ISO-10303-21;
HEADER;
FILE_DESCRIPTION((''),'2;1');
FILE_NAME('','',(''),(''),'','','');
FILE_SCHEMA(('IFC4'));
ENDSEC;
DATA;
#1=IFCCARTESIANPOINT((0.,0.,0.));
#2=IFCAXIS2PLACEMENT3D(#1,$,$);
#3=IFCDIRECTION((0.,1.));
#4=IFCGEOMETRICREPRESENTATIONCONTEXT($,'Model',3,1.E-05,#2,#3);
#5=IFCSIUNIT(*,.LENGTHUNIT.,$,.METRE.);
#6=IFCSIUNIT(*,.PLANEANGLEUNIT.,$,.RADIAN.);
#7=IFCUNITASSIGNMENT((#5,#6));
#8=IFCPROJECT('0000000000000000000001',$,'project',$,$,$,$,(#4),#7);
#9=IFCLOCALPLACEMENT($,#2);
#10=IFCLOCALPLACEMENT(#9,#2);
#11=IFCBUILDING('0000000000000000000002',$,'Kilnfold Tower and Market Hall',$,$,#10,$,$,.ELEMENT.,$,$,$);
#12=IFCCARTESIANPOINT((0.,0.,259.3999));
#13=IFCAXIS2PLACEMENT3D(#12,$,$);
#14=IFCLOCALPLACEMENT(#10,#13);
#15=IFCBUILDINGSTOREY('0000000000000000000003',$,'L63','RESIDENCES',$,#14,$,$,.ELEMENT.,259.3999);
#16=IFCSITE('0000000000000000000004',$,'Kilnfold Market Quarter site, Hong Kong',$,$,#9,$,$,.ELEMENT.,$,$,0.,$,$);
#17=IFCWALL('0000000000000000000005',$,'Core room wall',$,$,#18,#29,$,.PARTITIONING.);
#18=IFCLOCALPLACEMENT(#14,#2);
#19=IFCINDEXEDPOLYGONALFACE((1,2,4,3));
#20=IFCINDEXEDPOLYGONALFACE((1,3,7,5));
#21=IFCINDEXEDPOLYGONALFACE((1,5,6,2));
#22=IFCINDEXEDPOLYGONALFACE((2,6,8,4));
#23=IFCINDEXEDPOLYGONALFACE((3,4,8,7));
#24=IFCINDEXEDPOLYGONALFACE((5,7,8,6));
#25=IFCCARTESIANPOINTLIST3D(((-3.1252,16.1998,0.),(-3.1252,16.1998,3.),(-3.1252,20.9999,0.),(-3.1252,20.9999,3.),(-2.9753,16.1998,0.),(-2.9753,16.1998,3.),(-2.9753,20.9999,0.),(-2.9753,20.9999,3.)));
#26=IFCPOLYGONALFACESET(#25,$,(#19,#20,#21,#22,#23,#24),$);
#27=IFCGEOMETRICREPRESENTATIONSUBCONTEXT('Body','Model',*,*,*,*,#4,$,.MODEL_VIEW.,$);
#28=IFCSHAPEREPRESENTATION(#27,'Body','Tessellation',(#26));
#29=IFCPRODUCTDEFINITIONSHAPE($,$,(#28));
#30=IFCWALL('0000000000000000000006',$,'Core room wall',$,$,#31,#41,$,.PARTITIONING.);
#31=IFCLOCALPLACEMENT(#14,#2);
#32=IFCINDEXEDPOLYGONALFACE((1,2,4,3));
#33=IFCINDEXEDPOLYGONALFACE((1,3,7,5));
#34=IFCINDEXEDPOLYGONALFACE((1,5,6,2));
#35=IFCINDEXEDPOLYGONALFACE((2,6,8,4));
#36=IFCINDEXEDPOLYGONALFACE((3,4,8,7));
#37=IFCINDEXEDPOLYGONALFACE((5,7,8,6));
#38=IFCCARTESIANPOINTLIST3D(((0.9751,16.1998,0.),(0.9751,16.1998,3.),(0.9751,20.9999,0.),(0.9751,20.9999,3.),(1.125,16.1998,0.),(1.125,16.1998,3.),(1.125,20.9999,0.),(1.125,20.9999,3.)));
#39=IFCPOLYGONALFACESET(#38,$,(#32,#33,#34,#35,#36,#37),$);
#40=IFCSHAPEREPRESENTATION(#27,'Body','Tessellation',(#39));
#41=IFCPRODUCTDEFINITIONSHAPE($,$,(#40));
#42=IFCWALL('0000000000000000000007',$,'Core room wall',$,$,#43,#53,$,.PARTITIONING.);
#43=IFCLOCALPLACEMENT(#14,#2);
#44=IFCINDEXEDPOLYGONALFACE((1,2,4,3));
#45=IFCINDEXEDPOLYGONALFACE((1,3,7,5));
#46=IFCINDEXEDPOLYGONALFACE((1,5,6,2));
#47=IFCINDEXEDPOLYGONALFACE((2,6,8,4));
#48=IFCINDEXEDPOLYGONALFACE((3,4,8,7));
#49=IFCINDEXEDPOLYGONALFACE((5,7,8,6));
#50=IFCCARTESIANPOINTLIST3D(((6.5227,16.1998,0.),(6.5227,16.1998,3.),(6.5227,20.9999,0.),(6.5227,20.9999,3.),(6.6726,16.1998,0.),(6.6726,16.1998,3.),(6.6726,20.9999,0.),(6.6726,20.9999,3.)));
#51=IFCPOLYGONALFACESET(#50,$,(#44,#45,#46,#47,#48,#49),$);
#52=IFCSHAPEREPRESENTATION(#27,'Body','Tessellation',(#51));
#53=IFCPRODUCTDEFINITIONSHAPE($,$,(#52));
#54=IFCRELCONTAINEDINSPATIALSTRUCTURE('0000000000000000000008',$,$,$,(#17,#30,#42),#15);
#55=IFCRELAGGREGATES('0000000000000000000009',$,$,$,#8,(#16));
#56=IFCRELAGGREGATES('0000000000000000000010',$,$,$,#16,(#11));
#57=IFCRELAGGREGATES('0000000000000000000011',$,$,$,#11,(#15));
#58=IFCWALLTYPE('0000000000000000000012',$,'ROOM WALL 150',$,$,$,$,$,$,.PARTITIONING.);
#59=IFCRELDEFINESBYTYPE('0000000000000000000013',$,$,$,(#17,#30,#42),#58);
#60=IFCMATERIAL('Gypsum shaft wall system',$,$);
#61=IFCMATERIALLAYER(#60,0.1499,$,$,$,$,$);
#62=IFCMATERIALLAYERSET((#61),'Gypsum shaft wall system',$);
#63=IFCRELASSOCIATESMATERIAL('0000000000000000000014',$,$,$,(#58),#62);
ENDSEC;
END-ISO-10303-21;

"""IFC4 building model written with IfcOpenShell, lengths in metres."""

from ifc_helpers import new_model, si_unit, direction, frame, frame_2d, origin, place, context, subcontext, project, spatial, rectangle, extrude, source, transform, mapped, material, layer, layer_set, type_object, element, save


model = new_model("IFC4")

# Units and contexts
model_context = context("Model", 3, precision=1e-05, world=origin(), true_north=direction((0.0, 1.0)))
body_context = subcontext(model_context, "Body", "Model", "MODEL_VIEW")
ifc_project = project(units=[si_unit("LENGTHUNIT", "METRE"), si_unit("PLANEANGLEUNIT", "RADIAN")], contexts=[model_context])

# Site, building, storey
site_placement = place(None, origin())
site = spatial("IfcSite", under=ifc_project, at=site_placement, Name="Kilnfold Market Quarter site, Hong Kong", CompositionType="ELEMENT", RefElevation=0.0)
building_placement = place(site_placement, origin())
building = spatial("IfcBuilding", under=site, at=building_placement, Name="Kilnfold Tower and Market Hall", CompositionType="ELEMENT")
storey_placement = place(building_placement, frame((0.0, 0.0, 259.3999)))
storey = spatial("IfcBuildingStorey", under=building, at=storey_placement, Name="L63", Description="RESIDENCES", CompositionType="ELEMENT", Elevation=259.3999)

# Walls
ifc_material_1 = material(Name="Gypsum shaft wall system")
ifc_layer_1 = layer(ifc_material_1, 0.1499)
ifc_layer_set_1 = layer_set([ifc_layer_1], Name="Gypsum shaft wall system")
wall_type_1 = type_object("IfcWallType", Name="ROOM WALL 150", PredefinedType="PARTITIONING", material=ifc_layer_set_1)
shared_shape_1 = source(origin(), body_context, "Body", "SweptSolid", [
    extrude(rectangle(XDim=4.8, YDim=0.1499, at=frame_2d((2.3999, 0.0))), origin(), (0.0, 0.0, 1.0), 3.0),
])
for number, where, z_axis, x_axis, name in (
    (1, (-3.0503, 16.2, 0.0), (0.0, 0.0, 1.0), (0.0, 1.0, 0.0), "Core room wall"),
    (2, (1.05, 16.2, 0.0), (0.0, 0.0, 1.0), (0.0, 1.0, 0.0), "Core room wall"),
    (3, (6.5977, 16.2, 0.0), (0.0, 0.0, 1.0), (0.0, 1.0, 0.0), "Core room wall"),
):
    element("IfcWall", number, at=place(storey_placement, frame(where, z_axis=z_axis, x_axis=x_axis)), inside=storey, type_object=wall_type_1, Name=name, PredefinedType="PARTITIONING", context=body_context, shape_type="MappedRepresentation", body=[
        mapped(shared_shape_1, transform((0.0, 0.0, 0.0))),
    ])

save(model, "model.ifc")
